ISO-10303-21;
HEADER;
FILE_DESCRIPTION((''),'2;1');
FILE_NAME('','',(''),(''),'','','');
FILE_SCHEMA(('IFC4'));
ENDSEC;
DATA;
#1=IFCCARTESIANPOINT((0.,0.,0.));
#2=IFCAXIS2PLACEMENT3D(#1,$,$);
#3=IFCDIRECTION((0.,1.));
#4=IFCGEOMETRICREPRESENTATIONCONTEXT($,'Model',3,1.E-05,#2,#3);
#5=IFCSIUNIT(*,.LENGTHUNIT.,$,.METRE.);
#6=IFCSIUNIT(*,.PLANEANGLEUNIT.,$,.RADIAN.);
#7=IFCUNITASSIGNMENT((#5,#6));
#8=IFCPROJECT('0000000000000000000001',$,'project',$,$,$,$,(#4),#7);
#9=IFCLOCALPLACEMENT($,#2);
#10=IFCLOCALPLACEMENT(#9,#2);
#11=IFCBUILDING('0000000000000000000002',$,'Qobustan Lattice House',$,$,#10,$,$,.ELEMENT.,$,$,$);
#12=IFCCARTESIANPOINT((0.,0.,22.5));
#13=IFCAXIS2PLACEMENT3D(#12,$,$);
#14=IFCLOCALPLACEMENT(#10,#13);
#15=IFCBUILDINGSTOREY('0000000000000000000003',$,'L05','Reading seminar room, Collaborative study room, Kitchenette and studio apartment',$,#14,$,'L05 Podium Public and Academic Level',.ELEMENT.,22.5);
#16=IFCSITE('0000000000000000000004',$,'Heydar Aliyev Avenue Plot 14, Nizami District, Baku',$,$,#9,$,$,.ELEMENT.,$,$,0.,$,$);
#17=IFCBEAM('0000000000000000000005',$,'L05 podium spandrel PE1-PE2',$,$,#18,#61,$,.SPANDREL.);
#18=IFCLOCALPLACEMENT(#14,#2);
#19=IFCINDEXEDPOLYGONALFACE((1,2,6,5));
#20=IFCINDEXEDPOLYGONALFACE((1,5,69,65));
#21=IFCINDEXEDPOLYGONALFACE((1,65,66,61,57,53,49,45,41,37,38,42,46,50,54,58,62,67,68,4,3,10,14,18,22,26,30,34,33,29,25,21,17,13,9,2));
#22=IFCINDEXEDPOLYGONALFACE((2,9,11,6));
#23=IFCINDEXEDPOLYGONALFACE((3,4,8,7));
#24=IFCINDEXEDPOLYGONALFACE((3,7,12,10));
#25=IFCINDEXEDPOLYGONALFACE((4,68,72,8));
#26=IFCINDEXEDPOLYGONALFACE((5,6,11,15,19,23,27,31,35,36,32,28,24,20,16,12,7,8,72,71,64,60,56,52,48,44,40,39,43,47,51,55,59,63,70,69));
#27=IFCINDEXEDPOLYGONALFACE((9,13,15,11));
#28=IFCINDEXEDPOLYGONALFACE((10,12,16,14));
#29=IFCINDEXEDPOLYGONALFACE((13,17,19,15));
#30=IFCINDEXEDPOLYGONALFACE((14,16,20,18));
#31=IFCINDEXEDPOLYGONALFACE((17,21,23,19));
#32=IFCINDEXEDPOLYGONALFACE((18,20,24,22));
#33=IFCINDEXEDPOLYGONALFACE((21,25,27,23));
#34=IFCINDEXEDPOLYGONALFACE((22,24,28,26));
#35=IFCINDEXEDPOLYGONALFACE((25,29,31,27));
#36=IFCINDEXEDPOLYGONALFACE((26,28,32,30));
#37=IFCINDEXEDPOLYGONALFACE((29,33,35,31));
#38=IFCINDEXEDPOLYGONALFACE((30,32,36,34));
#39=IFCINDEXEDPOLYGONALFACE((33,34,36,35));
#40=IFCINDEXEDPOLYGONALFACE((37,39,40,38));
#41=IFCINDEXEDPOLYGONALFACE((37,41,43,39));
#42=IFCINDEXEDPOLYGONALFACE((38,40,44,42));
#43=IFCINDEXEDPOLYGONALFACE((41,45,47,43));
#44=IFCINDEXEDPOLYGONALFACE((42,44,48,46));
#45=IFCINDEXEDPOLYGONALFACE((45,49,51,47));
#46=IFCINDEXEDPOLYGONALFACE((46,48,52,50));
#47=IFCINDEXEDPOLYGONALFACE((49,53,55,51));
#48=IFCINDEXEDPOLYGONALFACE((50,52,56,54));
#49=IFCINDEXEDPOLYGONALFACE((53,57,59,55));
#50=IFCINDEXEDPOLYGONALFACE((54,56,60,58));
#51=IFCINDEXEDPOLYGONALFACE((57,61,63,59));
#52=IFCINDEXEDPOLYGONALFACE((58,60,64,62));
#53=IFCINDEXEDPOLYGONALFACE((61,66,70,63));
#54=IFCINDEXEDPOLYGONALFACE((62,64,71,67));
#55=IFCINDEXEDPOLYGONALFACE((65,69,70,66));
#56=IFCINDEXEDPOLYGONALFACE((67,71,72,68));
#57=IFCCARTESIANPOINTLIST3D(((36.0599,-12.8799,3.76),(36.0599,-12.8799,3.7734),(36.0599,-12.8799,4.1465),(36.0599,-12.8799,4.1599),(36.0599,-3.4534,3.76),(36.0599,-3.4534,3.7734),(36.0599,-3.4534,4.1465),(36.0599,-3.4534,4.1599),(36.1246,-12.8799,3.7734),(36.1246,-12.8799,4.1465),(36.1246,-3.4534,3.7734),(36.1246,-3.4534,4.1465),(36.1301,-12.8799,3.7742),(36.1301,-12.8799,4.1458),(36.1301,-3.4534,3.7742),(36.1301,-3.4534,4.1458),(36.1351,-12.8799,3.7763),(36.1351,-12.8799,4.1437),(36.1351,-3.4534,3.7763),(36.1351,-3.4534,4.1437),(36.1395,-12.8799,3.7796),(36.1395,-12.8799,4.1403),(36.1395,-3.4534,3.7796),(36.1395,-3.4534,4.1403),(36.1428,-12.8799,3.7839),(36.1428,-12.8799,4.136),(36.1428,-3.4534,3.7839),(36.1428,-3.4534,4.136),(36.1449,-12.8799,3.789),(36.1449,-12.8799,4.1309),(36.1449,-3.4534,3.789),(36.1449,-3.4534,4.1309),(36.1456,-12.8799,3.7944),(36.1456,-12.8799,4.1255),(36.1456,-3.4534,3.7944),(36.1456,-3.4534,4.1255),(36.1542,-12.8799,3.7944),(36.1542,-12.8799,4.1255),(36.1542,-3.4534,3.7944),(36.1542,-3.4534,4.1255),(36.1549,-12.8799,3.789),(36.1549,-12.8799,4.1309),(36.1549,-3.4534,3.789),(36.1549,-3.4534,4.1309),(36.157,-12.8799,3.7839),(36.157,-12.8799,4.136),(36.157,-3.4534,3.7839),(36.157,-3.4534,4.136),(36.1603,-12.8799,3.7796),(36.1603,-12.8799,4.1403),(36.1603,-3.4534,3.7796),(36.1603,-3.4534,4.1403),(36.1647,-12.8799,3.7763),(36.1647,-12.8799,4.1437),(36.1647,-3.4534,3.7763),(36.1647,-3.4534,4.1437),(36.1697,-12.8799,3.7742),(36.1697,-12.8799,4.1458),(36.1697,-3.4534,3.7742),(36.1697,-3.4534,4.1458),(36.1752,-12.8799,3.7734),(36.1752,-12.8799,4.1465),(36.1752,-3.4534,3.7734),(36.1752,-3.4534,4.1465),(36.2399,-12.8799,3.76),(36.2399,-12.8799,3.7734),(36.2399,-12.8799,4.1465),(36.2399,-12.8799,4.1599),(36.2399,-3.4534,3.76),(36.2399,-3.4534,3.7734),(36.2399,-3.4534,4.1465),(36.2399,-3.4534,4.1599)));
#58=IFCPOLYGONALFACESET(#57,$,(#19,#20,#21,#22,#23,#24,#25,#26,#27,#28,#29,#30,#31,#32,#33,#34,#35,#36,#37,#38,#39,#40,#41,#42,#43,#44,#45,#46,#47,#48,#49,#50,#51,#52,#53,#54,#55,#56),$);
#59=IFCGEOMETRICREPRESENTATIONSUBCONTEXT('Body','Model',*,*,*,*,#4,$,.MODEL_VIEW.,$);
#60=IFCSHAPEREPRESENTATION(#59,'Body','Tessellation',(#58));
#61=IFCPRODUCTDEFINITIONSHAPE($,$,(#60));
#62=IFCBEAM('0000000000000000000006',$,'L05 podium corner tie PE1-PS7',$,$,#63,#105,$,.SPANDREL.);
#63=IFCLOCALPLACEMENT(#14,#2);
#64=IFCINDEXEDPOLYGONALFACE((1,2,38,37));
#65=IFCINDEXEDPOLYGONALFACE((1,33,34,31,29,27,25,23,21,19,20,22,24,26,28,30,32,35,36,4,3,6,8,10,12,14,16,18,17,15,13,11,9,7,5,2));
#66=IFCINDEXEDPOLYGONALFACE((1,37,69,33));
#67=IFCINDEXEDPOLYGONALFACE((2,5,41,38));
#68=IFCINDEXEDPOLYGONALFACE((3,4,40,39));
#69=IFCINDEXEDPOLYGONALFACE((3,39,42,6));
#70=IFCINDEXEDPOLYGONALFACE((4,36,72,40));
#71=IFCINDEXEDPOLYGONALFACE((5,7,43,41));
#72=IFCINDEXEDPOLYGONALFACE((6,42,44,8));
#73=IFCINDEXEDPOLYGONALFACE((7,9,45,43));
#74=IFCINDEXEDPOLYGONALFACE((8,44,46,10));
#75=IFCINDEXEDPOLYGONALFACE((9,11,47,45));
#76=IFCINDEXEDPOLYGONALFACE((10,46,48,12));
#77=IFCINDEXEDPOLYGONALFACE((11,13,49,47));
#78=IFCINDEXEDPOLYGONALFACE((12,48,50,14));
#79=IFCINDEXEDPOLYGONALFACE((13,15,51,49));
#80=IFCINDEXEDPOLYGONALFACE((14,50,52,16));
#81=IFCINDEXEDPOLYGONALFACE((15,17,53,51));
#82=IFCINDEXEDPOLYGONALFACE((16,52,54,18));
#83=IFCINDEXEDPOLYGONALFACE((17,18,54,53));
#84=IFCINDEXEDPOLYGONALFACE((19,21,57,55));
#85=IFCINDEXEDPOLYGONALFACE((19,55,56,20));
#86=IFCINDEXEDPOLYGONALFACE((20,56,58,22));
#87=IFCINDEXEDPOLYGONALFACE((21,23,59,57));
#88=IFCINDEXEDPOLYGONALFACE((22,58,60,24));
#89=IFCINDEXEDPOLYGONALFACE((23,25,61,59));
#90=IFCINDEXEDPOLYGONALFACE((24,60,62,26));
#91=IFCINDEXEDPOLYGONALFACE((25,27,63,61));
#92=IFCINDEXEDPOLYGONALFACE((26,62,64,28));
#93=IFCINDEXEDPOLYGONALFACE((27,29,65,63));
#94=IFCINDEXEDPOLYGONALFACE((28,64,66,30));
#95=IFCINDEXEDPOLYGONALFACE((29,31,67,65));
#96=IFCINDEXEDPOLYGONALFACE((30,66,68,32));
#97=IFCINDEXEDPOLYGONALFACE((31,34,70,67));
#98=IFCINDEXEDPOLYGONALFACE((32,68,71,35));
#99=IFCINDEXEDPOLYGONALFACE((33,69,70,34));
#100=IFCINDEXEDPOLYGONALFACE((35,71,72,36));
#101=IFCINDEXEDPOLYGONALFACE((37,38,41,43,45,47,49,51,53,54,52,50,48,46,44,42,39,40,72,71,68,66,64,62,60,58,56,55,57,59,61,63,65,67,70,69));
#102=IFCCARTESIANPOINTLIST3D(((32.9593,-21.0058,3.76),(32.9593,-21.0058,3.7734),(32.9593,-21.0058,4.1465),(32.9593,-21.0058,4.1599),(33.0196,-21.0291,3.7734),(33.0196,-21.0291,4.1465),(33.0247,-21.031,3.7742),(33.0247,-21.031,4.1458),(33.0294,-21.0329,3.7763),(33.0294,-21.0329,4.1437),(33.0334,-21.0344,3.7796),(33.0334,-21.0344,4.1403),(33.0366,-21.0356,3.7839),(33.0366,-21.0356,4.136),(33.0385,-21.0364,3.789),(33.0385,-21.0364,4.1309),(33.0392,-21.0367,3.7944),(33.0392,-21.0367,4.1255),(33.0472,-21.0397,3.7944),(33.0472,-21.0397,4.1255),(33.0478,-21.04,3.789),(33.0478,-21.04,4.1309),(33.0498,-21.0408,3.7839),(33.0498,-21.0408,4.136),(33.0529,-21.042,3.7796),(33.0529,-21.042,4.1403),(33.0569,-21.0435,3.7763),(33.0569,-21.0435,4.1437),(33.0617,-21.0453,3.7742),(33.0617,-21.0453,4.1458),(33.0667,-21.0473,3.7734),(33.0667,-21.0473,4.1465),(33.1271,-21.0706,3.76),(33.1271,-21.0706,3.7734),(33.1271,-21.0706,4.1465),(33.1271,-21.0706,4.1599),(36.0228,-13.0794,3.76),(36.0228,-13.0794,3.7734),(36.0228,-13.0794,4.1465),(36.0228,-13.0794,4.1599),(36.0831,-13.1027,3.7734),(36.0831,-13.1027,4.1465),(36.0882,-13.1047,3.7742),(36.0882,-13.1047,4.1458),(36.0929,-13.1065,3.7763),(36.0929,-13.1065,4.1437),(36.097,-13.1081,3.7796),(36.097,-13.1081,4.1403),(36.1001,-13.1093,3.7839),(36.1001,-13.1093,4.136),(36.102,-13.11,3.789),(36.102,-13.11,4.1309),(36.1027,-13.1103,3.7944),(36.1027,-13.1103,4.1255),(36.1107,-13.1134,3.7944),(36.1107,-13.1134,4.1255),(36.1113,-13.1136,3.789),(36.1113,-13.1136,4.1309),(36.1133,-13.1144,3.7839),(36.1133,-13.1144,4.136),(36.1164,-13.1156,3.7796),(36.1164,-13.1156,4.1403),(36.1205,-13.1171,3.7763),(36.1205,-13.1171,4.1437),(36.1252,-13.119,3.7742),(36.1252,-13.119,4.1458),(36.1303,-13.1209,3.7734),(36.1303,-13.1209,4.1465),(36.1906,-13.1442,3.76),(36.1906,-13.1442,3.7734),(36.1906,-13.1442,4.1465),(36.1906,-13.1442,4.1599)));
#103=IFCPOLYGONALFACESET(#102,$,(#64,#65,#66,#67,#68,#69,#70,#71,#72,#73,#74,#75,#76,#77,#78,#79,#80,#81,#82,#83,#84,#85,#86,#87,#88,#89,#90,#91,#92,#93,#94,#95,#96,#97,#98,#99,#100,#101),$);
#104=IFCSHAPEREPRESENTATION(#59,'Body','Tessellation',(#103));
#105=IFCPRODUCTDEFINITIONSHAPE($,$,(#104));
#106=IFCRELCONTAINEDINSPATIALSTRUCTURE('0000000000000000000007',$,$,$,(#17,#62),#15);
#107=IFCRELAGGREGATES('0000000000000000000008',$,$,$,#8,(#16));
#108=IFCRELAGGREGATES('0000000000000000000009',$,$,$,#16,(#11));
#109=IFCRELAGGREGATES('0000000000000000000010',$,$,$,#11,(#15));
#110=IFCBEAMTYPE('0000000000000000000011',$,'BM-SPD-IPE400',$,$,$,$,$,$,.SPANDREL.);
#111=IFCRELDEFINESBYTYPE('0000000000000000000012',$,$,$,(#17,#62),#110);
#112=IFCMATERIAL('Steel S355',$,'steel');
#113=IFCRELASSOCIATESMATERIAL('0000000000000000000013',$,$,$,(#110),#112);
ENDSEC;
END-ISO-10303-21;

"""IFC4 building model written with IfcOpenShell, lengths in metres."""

from ifc_helpers import new_model, si_unit, direction, frame, origin, origin_2d, place, context, subcontext, project, spatial, i_section, extrude, material, material_profile, profile_set, type_object, element, save


model = new_model("IFC4")

# Units and contexts
model_context = context("Model", 3, precision=1e-05, world=origin(), true_north=direction((0.0, 1.0)))
body_context = subcontext(model_context, "Body", "Model", "MODEL_VIEW")
ifc_project = project(units=[si_unit("LENGTHUNIT", "METRE"), si_unit("PLANEANGLEUNIT", "RADIAN")], contexts=[model_context])

# Site, building, storey
site_placement = place(None, origin())
site = spatial("IfcSite", under=ifc_project, at=site_placement, Name="Heydar Aliyev Avenue Plot 14, Nizami District, Baku", CompositionType="ELEMENT", RefElevation=0.0)
building_placement = place(site_placement, origin())
building = spatial("IfcBuilding", under=site, at=building_placement, Name="Qobustan Lattice House", CompositionType="ELEMENT")
storey_placement = place(building_placement, frame((0.0, 0.0, 22.5)))
storey = spatial("IfcBuildingStorey", under=building, at=storey_placement, Name="L05", Description="Reading seminar room, Collaborative study room, Kitchenette and studio apartment", LongName="L05 Podium Public and Academic Level", CompositionType="ELEMENT", Elevation=22.5)

# Beams
ifc_material_1 = material(Name="Steel S355", Category="steel")
ifc_material_profile_1 = material_profile(ifc_material_1, i_section(OverallWidth=0.1799, OverallDepth=0.3999, WebThickness=0.0085, FlangeThickness=0.0134, FilletRadius=0.021, at=origin_2d()), Name="IPE400")
ifc_profile_set_1 = profile_set([ifc_material_profile_1], Name="Steel S355")
beam_type_1 = type_object("IfcBeamType", Name="BM-SPD-IPE400", PredefinedType="SPANDREL", material=ifc_profile_set_1)
beam_1_placement = place(storey_placement, frame((36.1499, -12.8799, 3.96), z_axis=(0.0, 1.0, 0.0), x_axis=(-1.0, 0.0, 0.0)))
element("IfcBeam", 1, at=beam_1_placement, inside=storey, type_object=beam_type_1, Name="L05 podium spandrel PE1-PE2", PredefinedType="SPANDREL", context=body_context, shape_type="SweptSolid", body=[
    extrude(i_section(OverallWidth=0.1799, OverallDepth=0.3999, WebThickness=0.0085, FlangeThickness=0.0134, FilletRadius=0.021, at=origin_2d()), origin(), (0.0, 0.0, 1.0), 9.4265),
])
beam_2_placement = place(storey_placement, frame((36.1067, -13.1118, 3.96), z_axis=(-0.360507, -0.932756, 0.0), x_axis=(0.932756, -0.360507, 0.0)))
element("IfcBeam", 2, at=beam_2_placement, inside=storey, type_object=beam_type_1, Name="L05 podium corner tie PE1-PS7", PredefinedType="SPANDREL", context=body_context, shape_type="SweptSolid", body=[
    extrude(i_section(OverallWidth=0.1799, OverallDepth=0.3999, WebThickness=0.0085, FlangeThickness=0.0134, FilletRadius=0.021, at=origin_2d()), origin(), (0.0, 0.0, 1.0), 8.4978),
])

save(model, "model.ifc")
